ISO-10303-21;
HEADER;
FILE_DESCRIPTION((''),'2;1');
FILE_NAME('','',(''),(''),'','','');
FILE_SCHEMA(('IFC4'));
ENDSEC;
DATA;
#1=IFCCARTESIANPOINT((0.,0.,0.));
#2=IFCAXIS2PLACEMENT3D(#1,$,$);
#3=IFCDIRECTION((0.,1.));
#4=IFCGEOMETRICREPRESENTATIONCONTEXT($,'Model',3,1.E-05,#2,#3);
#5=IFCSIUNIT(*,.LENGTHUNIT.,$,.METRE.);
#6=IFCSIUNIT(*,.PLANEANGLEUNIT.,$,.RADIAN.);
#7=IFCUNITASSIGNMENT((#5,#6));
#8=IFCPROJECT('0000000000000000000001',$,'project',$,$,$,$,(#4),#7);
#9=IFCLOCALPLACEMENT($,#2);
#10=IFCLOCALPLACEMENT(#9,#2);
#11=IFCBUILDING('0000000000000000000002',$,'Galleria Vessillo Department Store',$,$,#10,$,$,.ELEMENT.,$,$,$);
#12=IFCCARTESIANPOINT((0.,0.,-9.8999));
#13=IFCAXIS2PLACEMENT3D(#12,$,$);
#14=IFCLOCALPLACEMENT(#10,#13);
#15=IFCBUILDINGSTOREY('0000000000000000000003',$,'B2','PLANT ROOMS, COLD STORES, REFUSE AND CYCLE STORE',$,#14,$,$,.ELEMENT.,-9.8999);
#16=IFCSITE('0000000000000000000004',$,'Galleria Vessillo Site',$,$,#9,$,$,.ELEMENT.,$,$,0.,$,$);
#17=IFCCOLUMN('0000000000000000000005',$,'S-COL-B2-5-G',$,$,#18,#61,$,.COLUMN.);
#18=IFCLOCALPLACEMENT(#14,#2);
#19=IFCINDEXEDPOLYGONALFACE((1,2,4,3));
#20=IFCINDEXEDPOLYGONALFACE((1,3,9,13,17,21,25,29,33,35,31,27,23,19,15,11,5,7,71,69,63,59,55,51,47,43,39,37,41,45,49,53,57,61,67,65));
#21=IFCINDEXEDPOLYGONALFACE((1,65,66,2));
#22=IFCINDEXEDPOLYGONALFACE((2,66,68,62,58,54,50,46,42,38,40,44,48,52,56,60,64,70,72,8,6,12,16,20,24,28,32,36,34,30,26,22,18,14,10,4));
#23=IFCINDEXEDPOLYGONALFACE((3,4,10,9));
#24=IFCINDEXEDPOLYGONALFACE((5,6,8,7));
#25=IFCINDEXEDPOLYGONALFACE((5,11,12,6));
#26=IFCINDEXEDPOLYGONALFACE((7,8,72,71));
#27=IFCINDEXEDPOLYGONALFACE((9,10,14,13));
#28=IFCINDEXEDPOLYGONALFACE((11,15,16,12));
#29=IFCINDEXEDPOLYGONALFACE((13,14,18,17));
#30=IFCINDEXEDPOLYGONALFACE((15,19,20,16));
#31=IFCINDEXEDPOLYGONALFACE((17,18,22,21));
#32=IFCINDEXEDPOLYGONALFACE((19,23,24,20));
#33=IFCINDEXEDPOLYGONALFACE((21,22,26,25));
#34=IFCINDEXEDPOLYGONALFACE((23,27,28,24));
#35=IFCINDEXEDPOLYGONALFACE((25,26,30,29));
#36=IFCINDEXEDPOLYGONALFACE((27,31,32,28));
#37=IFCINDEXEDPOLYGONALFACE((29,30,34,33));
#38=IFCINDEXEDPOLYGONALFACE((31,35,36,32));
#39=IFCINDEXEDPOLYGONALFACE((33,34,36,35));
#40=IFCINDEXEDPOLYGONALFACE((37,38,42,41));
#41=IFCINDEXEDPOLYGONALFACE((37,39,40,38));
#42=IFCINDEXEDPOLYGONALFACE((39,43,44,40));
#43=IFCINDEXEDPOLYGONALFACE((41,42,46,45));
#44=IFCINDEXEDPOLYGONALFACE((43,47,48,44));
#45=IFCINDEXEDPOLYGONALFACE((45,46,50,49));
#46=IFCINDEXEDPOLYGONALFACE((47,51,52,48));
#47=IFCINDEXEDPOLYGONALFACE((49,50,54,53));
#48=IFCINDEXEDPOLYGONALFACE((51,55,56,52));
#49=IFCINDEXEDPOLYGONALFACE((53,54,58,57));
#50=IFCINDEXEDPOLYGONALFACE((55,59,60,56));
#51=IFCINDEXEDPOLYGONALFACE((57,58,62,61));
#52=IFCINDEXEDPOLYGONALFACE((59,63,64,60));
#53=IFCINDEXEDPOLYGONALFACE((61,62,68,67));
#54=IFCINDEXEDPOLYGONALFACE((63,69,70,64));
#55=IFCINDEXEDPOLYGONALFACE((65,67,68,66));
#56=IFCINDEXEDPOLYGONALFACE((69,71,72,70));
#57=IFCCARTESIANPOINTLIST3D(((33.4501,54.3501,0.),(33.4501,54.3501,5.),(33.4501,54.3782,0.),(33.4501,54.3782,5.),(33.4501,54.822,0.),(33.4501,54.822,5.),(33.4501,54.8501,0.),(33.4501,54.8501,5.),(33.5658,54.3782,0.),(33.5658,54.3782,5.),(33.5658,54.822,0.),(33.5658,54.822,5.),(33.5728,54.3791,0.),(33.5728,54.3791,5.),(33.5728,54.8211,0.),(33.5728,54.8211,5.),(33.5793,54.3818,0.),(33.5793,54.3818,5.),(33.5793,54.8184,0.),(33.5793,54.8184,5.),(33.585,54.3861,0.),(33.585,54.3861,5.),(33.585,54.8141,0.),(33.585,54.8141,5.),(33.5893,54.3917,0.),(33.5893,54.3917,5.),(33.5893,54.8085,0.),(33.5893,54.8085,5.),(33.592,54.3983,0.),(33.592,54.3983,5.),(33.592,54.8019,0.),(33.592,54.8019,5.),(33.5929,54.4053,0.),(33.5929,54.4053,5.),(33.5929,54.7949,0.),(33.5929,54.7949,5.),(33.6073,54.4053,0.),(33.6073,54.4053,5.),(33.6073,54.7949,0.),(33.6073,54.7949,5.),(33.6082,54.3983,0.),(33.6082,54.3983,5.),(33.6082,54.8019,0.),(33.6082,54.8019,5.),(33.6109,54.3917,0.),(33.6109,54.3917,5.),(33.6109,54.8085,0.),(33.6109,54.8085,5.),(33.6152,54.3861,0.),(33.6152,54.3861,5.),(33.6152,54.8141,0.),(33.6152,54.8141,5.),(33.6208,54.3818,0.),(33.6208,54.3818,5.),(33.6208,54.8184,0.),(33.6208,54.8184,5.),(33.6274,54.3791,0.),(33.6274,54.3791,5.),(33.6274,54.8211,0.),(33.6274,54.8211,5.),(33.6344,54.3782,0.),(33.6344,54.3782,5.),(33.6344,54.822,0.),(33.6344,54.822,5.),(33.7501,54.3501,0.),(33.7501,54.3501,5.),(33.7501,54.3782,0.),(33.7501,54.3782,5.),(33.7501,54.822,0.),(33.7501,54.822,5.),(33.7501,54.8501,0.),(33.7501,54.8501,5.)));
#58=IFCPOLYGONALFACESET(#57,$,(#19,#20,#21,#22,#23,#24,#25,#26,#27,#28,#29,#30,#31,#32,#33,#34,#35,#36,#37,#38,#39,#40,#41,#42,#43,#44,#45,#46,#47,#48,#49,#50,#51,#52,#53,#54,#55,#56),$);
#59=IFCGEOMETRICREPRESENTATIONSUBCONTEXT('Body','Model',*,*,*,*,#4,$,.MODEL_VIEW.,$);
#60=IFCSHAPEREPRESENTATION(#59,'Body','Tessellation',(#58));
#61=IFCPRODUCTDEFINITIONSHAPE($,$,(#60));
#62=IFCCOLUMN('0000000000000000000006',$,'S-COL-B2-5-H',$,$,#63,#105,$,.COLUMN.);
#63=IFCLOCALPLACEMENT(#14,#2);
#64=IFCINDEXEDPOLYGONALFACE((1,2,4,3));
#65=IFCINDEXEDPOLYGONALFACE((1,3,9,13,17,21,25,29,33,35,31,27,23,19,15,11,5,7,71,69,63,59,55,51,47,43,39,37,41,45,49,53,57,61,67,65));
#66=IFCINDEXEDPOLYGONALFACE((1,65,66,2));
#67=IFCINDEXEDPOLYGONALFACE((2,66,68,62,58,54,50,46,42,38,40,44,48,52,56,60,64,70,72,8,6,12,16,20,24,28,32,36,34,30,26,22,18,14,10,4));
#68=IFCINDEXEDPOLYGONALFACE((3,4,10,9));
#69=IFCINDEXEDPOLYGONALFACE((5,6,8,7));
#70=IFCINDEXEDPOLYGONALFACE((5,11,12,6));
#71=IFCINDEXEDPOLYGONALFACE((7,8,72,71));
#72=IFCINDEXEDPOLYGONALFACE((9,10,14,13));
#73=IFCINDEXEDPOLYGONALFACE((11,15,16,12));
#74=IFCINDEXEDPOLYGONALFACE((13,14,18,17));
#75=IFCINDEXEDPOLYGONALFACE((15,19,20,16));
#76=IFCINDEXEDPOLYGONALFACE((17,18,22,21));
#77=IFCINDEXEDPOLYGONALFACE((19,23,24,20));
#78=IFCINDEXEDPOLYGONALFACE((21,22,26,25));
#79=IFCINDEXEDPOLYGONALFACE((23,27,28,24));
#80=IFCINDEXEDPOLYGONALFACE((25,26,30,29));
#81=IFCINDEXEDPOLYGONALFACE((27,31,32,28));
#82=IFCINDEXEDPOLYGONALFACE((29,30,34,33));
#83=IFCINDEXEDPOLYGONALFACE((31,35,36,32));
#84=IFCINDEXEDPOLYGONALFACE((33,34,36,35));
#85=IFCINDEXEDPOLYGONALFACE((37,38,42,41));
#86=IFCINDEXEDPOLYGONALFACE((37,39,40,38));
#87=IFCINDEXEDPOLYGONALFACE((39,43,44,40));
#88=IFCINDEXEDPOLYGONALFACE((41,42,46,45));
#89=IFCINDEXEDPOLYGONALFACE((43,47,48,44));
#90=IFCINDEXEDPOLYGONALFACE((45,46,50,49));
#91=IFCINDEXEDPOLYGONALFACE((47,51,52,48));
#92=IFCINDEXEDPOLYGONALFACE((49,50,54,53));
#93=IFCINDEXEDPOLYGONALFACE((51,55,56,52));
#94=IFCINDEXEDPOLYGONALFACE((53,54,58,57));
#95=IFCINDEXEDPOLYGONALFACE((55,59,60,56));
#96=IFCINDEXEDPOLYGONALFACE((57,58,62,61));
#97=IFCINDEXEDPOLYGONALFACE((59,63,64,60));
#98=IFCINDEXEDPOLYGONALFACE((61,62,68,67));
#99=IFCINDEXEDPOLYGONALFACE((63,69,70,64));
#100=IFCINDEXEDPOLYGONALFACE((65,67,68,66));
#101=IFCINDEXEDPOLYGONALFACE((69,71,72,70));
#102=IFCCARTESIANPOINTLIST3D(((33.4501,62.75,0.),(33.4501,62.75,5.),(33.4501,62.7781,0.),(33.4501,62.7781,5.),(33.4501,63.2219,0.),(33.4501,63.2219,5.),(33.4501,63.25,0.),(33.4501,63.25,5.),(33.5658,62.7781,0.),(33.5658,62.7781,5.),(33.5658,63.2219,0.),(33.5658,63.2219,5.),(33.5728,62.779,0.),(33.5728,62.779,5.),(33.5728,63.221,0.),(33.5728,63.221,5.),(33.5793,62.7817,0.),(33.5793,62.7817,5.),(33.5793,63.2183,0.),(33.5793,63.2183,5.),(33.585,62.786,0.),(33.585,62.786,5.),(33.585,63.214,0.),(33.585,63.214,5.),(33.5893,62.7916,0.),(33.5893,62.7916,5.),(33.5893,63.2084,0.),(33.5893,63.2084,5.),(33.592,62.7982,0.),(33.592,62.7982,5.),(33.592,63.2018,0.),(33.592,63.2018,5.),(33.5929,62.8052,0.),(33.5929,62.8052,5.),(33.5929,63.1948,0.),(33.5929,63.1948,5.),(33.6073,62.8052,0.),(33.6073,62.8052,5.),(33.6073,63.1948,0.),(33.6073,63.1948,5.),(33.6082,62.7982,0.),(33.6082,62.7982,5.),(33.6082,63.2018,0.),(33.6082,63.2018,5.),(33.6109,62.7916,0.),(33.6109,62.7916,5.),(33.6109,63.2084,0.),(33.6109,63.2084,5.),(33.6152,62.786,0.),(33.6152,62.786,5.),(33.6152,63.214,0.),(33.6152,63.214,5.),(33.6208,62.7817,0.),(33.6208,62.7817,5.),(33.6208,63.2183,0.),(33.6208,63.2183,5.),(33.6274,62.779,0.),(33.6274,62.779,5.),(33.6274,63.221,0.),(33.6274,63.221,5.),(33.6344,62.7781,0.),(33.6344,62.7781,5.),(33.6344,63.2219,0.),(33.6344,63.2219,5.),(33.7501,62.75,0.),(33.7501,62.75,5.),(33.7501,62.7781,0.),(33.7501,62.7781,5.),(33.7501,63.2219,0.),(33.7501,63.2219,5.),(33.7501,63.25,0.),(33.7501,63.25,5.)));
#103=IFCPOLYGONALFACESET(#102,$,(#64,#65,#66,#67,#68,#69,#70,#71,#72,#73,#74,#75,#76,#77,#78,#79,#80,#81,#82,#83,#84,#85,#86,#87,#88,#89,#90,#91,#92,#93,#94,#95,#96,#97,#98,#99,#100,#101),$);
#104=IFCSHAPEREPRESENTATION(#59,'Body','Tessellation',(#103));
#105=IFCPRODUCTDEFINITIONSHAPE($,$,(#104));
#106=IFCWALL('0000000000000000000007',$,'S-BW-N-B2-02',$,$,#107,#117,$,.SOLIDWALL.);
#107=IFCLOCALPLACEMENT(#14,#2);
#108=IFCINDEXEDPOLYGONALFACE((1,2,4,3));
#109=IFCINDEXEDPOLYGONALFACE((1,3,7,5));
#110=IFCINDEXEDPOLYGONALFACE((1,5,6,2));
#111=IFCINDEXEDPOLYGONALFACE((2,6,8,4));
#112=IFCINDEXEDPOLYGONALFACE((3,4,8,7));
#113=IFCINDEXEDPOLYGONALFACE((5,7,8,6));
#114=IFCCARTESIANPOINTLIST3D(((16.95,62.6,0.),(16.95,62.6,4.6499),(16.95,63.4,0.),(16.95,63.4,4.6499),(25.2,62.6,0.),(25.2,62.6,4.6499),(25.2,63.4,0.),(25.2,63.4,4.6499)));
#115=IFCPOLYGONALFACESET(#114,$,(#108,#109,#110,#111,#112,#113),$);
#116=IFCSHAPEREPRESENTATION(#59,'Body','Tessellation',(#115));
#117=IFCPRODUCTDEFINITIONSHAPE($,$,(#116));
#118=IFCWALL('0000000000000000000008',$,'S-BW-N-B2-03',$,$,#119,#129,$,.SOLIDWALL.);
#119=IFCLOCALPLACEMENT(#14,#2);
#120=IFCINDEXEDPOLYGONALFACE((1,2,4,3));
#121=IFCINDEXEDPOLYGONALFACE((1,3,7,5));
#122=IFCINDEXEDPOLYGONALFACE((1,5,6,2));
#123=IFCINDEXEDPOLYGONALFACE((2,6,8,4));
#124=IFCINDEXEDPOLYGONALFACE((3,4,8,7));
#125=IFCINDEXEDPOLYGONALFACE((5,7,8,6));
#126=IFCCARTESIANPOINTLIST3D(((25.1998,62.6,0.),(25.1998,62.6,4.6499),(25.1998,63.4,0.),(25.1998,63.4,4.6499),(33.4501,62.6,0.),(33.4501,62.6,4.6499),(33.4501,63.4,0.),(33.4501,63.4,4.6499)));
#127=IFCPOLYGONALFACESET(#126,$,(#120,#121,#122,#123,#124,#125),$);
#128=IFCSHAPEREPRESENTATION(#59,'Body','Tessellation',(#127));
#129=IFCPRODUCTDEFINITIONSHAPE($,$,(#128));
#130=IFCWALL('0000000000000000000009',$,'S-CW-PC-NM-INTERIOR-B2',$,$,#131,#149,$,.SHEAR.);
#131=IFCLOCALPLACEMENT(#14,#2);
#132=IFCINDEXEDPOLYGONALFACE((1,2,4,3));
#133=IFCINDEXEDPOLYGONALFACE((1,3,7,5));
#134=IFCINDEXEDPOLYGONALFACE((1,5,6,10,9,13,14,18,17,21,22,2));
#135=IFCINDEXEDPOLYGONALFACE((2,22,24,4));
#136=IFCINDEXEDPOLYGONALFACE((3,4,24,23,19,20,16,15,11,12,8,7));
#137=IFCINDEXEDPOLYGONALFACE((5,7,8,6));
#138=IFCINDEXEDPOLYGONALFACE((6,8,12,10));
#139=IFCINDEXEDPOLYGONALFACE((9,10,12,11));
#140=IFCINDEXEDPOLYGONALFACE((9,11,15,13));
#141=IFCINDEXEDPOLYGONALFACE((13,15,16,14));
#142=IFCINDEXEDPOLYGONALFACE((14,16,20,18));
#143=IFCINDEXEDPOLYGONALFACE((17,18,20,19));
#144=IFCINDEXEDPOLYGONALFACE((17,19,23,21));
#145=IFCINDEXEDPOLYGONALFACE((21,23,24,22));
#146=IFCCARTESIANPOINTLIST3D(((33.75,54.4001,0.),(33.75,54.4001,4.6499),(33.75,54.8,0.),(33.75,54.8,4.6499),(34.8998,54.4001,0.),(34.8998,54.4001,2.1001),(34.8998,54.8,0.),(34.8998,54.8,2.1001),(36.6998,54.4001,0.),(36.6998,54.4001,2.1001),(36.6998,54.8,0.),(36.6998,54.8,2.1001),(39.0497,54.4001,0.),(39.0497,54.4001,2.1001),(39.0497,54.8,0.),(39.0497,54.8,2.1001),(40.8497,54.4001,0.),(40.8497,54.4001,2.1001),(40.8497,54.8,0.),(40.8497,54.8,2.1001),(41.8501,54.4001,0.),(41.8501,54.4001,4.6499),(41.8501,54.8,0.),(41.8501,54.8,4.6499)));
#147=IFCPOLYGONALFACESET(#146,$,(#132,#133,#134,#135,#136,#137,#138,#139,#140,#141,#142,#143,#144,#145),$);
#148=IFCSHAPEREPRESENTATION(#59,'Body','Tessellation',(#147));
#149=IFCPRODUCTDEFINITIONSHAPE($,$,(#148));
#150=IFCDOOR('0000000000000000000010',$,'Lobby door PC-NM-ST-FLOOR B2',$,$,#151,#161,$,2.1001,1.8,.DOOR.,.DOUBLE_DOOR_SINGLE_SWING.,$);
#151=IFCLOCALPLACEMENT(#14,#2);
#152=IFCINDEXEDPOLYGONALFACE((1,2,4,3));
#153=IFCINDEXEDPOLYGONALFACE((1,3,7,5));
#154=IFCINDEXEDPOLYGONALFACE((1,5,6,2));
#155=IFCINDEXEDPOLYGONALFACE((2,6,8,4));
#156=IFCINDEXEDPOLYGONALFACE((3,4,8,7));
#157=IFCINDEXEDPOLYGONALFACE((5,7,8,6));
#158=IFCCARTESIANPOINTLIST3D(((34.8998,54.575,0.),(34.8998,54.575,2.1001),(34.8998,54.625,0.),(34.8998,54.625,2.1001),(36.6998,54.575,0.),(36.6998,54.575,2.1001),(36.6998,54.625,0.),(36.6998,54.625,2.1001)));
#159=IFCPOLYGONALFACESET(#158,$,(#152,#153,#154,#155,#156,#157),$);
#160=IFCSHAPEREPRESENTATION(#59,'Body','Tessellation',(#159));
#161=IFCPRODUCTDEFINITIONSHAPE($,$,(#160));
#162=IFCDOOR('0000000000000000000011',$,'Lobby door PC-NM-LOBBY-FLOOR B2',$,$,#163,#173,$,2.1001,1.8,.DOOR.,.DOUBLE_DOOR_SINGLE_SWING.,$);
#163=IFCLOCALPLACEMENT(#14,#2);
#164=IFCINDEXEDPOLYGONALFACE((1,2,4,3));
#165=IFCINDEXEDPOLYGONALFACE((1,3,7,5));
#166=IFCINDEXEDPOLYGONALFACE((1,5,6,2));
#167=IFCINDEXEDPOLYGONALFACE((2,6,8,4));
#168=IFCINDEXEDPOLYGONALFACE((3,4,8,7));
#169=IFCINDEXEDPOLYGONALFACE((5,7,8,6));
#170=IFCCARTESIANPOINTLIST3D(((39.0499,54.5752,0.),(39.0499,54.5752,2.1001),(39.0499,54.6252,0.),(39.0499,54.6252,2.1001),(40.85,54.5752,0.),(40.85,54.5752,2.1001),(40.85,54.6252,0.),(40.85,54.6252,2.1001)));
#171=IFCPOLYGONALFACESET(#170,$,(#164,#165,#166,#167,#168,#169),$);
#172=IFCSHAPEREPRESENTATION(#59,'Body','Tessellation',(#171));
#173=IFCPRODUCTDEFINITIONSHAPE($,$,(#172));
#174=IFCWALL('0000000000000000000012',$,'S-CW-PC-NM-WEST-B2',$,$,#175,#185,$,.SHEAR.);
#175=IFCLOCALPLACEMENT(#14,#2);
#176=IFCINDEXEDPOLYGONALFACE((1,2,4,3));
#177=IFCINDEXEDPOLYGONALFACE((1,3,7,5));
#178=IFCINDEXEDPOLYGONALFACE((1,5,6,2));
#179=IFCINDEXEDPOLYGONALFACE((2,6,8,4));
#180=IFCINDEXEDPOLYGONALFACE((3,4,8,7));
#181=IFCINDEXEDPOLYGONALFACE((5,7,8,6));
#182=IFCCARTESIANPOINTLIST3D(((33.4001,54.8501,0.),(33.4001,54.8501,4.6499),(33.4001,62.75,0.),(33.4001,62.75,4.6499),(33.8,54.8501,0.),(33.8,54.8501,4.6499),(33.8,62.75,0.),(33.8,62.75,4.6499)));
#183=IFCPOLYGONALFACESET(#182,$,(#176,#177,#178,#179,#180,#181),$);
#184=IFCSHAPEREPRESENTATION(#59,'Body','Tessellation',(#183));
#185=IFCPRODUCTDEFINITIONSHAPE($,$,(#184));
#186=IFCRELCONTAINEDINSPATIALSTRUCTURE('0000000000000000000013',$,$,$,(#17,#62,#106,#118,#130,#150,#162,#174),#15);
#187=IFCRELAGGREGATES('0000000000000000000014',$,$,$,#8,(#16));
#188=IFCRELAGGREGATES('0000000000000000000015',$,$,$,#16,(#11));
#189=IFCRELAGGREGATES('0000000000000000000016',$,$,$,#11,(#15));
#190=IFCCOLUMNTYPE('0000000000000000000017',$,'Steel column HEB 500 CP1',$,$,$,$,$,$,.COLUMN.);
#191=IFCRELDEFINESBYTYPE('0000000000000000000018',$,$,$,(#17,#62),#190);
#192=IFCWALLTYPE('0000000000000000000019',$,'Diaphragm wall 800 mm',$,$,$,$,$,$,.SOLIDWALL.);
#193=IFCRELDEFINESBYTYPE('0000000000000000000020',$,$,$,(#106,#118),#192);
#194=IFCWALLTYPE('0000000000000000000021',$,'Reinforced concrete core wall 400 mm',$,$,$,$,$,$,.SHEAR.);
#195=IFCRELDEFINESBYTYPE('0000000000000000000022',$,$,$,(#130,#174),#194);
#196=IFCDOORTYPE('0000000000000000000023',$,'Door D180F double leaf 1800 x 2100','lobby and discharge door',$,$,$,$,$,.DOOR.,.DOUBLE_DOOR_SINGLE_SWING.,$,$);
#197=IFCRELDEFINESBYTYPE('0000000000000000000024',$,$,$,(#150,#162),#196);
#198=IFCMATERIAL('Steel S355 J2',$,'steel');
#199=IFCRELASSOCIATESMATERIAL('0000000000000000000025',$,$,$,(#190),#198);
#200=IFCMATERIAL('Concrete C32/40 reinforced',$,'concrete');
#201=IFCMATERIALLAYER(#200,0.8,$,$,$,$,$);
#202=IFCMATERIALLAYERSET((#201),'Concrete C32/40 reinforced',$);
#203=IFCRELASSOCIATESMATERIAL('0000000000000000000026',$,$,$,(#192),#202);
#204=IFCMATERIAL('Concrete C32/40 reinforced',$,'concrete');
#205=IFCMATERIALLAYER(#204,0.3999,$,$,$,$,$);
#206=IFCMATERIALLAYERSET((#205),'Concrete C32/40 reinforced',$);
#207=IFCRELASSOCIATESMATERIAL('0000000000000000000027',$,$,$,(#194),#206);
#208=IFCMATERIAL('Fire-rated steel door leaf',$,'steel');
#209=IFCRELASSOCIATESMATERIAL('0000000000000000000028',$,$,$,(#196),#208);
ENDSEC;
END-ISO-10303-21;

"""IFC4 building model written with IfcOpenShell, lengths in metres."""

from ifc_helpers import new_model, si_unit, direction, frame, frame_2d, origin, origin_2d, place, context, subcontext, project, spatial, rectangle, i_section, extrude, material, layer, layer_set, material_profile, profile_set, type_object, element, fill, save


model = new_model("IFC4")

# Units and contexts
model_context = context("Model", 3, precision=1e-05, world=origin(), true_north=direction((0.0, 1.0)))
body_context = subcontext(model_context, "Body", "Model", "MODEL_VIEW")
ifc_project = project(units=[si_unit("LENGTHUNIT", "METRE"), si_unit("PLANEANGLEUNIT", "RADIAN")], contexts=[model_context])

# Site, building, storey
site_placement = place(None, origin())
site = spatial("IfcSite", under=ifc_project, at=site_placement, Name="Galleria Vessillo Site", CompositionType="ELEMENT", RefElevation=0.0)
building_placement = place(site_placement, origin())
building = spatial("IfcBuilding", under=site, at=building_placement, Name="Galleria Vessillo Department Store", CompositionType="ELEMENT")
storey_placement = place(building_placement, frame((0.0, 0.0, -9.8999)))
storey = spatial("IfcBuildingStorey", under=building, at=storey_placement, Name="B2", Description="PLANT ROOMS, COLD STORES, REFUSE AND CYCLE STORE", CompositionType="ELEMENT", Elevation=-9.8999)

# Columns
ifc_material_1 = material(Name="Steel S355 J2", Category="steel")
ifc_material_profile_1 = material_profile(ifc_material_1, i_section(OverallWidth=0.3, OverallDepth=0.5, WebThickness=0.0144, FlangeThickness=0.0281, FilletRadius=0.0271, at=origin_2d()), Name="HEB 500")
ifc_profile_set_1 = profile_set([ifc_material_profile_1], Name="Steel S355 J2")
column_type = type_object("IfcColumnType", Name="Steel column HEB 500 CP1", PredefinedType="COLUMN", material=ifc_profile_set_1)
for number, where, z_axis, x_axis, name in (
    (1, (33.6001, 54.6001, 0.0), (0.0, 0.0, 1.0), (1.0, 0.0, 0.0), "S-COL-B2-5-G"),
    (2, (33.6001, 63.0, 0.0), (0.0, 0.0, 1.0), (1.0, 0.0, 0.0), "S-COL-B2-5-H"),
):
    element("IfcColumn", number, at=place(storey_placement, frame(where, z_axis=z_axis, x_axis=x_axis)), inside=storey, type_object=column_type, Name=name, PredefinedType="COLUMN", context=body_context, shape_type="SweptSolid", body=[
        extrude(i_section(OverallWidth=0.3, OverallDepth=0.5, WebThickness=0.0144, FlangeThickness=0.0281, FilletRadius=0.0271, at=origin_2d()), origin(), (0.0, 0.0, 1.0), 5.0),
    ])

# Walls
ifc_material_2 = material(Name="Concrete C32/40 reinforced", Category="concrete")
ifc_layer_1 = layer(ifc_material_2, 0.8)
ifc_layer_set_1 = layer_set([ifc_layer_1], Name="Concrete C32/40 reinforced")
wall_type_1 = type_object("IfcWallType", Name="Diaphragm wall 800 mm", PredefinedType="SOLIDWALL", material=ifc_layer_set_1)
wall_1_placement = place(storey_placement, frame((16.95, 63.0, 0.0), z_axis=(0.0, 0.0, 1.0), x_axis=(1.0, 0.0, 0.0)))
element("IfcWall", 3, at=wall_1_placement, inside=storey, type_object=wall_type_1, Name="S-BW-N-B2-02", PredefinedType="SOLIDWALL", context=body_context, shape_type="SweptSolid", body=[
    extrude(rectangle(XDim=8.25, YDim=0.8, at=frame_2d((4.125, 0.0))), origin(), (0.0, 0.0, 1.0), 4.6499),
])
wall_2_placement = place(storey_placement, frame((25.2, 63.0, 0.0), z_axis=(0.0, 0.0, 1.0), x_axis=(1.0, 0.0, 0.0)))
element("IfcWall", 4, at=wall_2_placement, inside=storey, type_object=wall_type_1, Name="S-BW-N-B2-03", PredefinedType="SOLIDWALL", context=body_context, shape_type="SweptSolid", body=[
    extrude(rectangle(XDim=8.2502, YDim=0.8, at=frame_2d((4.125, 0.0))), origin(), (0.0, 0.0, 1.0), 4.6499),
])

# Wall, openings, doors
ifc_material_3 = material(Name="Concrete C32/40 reinforced", Category="concrete")
ifc_layer_2 = layer(ifc_material_3, 0.3999)
ifc_layer_set_2 = layer_set([ifc_layer_2], Name="Concrete C32/40 reinforced")
wall_type_2 = type_object("IfcWallType", Name="Reinforced concrete core wall 400 mm", PredefinedType="SHEAR", material=ifc_layer_set_2)
wall_3_placement = place(storey_placement, frame((33.75, 54.6001, 0.0), z_axis=(0.0, 0.0, 1.0), x_axis=(1.0, 0.0, 0.0)))
wall_3 = element("IfcWall", 5, at=wall_3_placement, inside=storey, type_object=wall_type_2, Name="S-CW-PC-NM-INTERIOR-B2", PredefinedType="SHEAR", context=body_context, shape_type="SweptSolid", body=[
    extrude(rectangle(XDim=8.1001, YDim=0.3999, at=frame_2d((4.05, 0.0))), origin(), (0.0, 0.0, 1.0), 4.6499),
])
opening_1_placement = place(wall_3_placement, frame((1.1499, 0.0, 0.0)))
opening_1 = element("IfcOpeningElement", 6, at=opening_1_placement, cuts=wall_3, PredefinedType="OPENING", context=body_context, shape_type="SweptSolid", body=[
    extrude(rectangle(XDim=1.8, YDim=2.1001, at=frame_2d((0.8999, 1.05))), frame((0.0, 0.21, 0.0), z_axis=(0.0, -1.0, 0.0), x_axis=(1.0, 0.0, 0.0)), (0.0, 0.0, 1.0), 0.4199),
])
opening_2_placement = place(wall_3_placement, frame((5.2998, 0.0, 0.0)))
opening_2 = element("IfcOpeningElement", 7, at=opening_2_placement, cuts=wall_3, PredefinedType="OPENING", context=body_context, shape_type="SweptSolid", body=[
    extrude(rectangle(XDim=1.8, YDim=2.1001, at=frame_2d((0.8999, 1.05))), frame((0.0, 0.21, 0.0), z_axis=(0.0, -1.0, 0.0), x_axis=(1.0, 0.0, 0.0)), (0.0, 0.0, 1.0), 0.4199),
])
ifc_material_4 = material(Name="Fire-rated steel door leaf", Category="steel")
door_type_1 = type_object("IfcDoorType", Name="Door D180F double leaf 1800 x 2100", Description="lobby and discharge door", OperationType="DOUBLE_DOOR_SINGLE_SWING", PredefinedType="DOOR", material=ifc_material_4)
door_1_placement = place(opening_1_placement, origin())
door_1 = element("IfcDoor", 8, at=door_1_placement, inside=storey, type_object=door_type_1, Name="Lobby door PC-NM-ST-FLOOR B2", OperationType="DOUBLE_DOOR_SINGLE_SWING", OverallHeight=2.1001, OverallWidth=1.8, PredefinedType="DOOR", context=body_context, shape_type="SweptSolid", body=[
    extrude(rectangle(XDim=1.8, YDim=2.1001, at=frame_2d((0.8999, 1.05))), frame((0.0, 0.0249, 0.0), z_axis=(0.0, -1.0, 0.0), x_axis=(1.0, 0.0, 0.0)), (0.0, 0.0, 1.0), 0.05),
])
fill(opening_1, door_1)
door_2_placement = place(opening_2_placement, frame((1.8, 0.0, 0.0), z_axis=(0.0, 0.0, 1.0), x_axis=(-1.0, 0.0, 0.0)))
door_2 = element("IfcDoor", 9, at=door_2_placement, inside=storey, type_object=door_type_1, Name="Lobby door PC-NM-LOBBY-FLOOR B2", OperationType="DOUBLE_DOOR_SINGLE_SWING", OverallHeight=2.1001, OverallWidth=1.8, PredefinedType="DOOR", context=body_context, shape_type="SweptSolid", body=[
    extrude(rectangle(XDim=1.8, YDim=2.1001, at=frame_2d((0.8999, 1.05))), frame((0.0, 0.0249, 0.0), z_axis=(0.0, -1.0, 0.0), x_axis=(1.0, 0.0, 0.0)), (0.0, 0.0, 1.0), 0.05),
])
fill(opening_2, door_2)

# Wall
wall_4_placement = place(storey_placement, frame((33.6001, 54.8501, 0.0), z_axis=(0.0, 0.0, 1.0), x_axis=(0.0, 1.0, 0.0)))
element("IfcWall", 10, at=wall_4_placement, inside=storey, type_object=wall_type_2, Name="S-CW-PC-NM-WEST-B2", PredefinedType="SHEAR", context=body_context, shape_type="SweptSolid", body=[
    extrude(rectangle(XDim=7.8999, YDim=0.3999, at=frame_2d((3.95, 0.0))), origin(), (0.0, 0.0, 1.0), 4.6499),
])

save(model, "model.ifc")
